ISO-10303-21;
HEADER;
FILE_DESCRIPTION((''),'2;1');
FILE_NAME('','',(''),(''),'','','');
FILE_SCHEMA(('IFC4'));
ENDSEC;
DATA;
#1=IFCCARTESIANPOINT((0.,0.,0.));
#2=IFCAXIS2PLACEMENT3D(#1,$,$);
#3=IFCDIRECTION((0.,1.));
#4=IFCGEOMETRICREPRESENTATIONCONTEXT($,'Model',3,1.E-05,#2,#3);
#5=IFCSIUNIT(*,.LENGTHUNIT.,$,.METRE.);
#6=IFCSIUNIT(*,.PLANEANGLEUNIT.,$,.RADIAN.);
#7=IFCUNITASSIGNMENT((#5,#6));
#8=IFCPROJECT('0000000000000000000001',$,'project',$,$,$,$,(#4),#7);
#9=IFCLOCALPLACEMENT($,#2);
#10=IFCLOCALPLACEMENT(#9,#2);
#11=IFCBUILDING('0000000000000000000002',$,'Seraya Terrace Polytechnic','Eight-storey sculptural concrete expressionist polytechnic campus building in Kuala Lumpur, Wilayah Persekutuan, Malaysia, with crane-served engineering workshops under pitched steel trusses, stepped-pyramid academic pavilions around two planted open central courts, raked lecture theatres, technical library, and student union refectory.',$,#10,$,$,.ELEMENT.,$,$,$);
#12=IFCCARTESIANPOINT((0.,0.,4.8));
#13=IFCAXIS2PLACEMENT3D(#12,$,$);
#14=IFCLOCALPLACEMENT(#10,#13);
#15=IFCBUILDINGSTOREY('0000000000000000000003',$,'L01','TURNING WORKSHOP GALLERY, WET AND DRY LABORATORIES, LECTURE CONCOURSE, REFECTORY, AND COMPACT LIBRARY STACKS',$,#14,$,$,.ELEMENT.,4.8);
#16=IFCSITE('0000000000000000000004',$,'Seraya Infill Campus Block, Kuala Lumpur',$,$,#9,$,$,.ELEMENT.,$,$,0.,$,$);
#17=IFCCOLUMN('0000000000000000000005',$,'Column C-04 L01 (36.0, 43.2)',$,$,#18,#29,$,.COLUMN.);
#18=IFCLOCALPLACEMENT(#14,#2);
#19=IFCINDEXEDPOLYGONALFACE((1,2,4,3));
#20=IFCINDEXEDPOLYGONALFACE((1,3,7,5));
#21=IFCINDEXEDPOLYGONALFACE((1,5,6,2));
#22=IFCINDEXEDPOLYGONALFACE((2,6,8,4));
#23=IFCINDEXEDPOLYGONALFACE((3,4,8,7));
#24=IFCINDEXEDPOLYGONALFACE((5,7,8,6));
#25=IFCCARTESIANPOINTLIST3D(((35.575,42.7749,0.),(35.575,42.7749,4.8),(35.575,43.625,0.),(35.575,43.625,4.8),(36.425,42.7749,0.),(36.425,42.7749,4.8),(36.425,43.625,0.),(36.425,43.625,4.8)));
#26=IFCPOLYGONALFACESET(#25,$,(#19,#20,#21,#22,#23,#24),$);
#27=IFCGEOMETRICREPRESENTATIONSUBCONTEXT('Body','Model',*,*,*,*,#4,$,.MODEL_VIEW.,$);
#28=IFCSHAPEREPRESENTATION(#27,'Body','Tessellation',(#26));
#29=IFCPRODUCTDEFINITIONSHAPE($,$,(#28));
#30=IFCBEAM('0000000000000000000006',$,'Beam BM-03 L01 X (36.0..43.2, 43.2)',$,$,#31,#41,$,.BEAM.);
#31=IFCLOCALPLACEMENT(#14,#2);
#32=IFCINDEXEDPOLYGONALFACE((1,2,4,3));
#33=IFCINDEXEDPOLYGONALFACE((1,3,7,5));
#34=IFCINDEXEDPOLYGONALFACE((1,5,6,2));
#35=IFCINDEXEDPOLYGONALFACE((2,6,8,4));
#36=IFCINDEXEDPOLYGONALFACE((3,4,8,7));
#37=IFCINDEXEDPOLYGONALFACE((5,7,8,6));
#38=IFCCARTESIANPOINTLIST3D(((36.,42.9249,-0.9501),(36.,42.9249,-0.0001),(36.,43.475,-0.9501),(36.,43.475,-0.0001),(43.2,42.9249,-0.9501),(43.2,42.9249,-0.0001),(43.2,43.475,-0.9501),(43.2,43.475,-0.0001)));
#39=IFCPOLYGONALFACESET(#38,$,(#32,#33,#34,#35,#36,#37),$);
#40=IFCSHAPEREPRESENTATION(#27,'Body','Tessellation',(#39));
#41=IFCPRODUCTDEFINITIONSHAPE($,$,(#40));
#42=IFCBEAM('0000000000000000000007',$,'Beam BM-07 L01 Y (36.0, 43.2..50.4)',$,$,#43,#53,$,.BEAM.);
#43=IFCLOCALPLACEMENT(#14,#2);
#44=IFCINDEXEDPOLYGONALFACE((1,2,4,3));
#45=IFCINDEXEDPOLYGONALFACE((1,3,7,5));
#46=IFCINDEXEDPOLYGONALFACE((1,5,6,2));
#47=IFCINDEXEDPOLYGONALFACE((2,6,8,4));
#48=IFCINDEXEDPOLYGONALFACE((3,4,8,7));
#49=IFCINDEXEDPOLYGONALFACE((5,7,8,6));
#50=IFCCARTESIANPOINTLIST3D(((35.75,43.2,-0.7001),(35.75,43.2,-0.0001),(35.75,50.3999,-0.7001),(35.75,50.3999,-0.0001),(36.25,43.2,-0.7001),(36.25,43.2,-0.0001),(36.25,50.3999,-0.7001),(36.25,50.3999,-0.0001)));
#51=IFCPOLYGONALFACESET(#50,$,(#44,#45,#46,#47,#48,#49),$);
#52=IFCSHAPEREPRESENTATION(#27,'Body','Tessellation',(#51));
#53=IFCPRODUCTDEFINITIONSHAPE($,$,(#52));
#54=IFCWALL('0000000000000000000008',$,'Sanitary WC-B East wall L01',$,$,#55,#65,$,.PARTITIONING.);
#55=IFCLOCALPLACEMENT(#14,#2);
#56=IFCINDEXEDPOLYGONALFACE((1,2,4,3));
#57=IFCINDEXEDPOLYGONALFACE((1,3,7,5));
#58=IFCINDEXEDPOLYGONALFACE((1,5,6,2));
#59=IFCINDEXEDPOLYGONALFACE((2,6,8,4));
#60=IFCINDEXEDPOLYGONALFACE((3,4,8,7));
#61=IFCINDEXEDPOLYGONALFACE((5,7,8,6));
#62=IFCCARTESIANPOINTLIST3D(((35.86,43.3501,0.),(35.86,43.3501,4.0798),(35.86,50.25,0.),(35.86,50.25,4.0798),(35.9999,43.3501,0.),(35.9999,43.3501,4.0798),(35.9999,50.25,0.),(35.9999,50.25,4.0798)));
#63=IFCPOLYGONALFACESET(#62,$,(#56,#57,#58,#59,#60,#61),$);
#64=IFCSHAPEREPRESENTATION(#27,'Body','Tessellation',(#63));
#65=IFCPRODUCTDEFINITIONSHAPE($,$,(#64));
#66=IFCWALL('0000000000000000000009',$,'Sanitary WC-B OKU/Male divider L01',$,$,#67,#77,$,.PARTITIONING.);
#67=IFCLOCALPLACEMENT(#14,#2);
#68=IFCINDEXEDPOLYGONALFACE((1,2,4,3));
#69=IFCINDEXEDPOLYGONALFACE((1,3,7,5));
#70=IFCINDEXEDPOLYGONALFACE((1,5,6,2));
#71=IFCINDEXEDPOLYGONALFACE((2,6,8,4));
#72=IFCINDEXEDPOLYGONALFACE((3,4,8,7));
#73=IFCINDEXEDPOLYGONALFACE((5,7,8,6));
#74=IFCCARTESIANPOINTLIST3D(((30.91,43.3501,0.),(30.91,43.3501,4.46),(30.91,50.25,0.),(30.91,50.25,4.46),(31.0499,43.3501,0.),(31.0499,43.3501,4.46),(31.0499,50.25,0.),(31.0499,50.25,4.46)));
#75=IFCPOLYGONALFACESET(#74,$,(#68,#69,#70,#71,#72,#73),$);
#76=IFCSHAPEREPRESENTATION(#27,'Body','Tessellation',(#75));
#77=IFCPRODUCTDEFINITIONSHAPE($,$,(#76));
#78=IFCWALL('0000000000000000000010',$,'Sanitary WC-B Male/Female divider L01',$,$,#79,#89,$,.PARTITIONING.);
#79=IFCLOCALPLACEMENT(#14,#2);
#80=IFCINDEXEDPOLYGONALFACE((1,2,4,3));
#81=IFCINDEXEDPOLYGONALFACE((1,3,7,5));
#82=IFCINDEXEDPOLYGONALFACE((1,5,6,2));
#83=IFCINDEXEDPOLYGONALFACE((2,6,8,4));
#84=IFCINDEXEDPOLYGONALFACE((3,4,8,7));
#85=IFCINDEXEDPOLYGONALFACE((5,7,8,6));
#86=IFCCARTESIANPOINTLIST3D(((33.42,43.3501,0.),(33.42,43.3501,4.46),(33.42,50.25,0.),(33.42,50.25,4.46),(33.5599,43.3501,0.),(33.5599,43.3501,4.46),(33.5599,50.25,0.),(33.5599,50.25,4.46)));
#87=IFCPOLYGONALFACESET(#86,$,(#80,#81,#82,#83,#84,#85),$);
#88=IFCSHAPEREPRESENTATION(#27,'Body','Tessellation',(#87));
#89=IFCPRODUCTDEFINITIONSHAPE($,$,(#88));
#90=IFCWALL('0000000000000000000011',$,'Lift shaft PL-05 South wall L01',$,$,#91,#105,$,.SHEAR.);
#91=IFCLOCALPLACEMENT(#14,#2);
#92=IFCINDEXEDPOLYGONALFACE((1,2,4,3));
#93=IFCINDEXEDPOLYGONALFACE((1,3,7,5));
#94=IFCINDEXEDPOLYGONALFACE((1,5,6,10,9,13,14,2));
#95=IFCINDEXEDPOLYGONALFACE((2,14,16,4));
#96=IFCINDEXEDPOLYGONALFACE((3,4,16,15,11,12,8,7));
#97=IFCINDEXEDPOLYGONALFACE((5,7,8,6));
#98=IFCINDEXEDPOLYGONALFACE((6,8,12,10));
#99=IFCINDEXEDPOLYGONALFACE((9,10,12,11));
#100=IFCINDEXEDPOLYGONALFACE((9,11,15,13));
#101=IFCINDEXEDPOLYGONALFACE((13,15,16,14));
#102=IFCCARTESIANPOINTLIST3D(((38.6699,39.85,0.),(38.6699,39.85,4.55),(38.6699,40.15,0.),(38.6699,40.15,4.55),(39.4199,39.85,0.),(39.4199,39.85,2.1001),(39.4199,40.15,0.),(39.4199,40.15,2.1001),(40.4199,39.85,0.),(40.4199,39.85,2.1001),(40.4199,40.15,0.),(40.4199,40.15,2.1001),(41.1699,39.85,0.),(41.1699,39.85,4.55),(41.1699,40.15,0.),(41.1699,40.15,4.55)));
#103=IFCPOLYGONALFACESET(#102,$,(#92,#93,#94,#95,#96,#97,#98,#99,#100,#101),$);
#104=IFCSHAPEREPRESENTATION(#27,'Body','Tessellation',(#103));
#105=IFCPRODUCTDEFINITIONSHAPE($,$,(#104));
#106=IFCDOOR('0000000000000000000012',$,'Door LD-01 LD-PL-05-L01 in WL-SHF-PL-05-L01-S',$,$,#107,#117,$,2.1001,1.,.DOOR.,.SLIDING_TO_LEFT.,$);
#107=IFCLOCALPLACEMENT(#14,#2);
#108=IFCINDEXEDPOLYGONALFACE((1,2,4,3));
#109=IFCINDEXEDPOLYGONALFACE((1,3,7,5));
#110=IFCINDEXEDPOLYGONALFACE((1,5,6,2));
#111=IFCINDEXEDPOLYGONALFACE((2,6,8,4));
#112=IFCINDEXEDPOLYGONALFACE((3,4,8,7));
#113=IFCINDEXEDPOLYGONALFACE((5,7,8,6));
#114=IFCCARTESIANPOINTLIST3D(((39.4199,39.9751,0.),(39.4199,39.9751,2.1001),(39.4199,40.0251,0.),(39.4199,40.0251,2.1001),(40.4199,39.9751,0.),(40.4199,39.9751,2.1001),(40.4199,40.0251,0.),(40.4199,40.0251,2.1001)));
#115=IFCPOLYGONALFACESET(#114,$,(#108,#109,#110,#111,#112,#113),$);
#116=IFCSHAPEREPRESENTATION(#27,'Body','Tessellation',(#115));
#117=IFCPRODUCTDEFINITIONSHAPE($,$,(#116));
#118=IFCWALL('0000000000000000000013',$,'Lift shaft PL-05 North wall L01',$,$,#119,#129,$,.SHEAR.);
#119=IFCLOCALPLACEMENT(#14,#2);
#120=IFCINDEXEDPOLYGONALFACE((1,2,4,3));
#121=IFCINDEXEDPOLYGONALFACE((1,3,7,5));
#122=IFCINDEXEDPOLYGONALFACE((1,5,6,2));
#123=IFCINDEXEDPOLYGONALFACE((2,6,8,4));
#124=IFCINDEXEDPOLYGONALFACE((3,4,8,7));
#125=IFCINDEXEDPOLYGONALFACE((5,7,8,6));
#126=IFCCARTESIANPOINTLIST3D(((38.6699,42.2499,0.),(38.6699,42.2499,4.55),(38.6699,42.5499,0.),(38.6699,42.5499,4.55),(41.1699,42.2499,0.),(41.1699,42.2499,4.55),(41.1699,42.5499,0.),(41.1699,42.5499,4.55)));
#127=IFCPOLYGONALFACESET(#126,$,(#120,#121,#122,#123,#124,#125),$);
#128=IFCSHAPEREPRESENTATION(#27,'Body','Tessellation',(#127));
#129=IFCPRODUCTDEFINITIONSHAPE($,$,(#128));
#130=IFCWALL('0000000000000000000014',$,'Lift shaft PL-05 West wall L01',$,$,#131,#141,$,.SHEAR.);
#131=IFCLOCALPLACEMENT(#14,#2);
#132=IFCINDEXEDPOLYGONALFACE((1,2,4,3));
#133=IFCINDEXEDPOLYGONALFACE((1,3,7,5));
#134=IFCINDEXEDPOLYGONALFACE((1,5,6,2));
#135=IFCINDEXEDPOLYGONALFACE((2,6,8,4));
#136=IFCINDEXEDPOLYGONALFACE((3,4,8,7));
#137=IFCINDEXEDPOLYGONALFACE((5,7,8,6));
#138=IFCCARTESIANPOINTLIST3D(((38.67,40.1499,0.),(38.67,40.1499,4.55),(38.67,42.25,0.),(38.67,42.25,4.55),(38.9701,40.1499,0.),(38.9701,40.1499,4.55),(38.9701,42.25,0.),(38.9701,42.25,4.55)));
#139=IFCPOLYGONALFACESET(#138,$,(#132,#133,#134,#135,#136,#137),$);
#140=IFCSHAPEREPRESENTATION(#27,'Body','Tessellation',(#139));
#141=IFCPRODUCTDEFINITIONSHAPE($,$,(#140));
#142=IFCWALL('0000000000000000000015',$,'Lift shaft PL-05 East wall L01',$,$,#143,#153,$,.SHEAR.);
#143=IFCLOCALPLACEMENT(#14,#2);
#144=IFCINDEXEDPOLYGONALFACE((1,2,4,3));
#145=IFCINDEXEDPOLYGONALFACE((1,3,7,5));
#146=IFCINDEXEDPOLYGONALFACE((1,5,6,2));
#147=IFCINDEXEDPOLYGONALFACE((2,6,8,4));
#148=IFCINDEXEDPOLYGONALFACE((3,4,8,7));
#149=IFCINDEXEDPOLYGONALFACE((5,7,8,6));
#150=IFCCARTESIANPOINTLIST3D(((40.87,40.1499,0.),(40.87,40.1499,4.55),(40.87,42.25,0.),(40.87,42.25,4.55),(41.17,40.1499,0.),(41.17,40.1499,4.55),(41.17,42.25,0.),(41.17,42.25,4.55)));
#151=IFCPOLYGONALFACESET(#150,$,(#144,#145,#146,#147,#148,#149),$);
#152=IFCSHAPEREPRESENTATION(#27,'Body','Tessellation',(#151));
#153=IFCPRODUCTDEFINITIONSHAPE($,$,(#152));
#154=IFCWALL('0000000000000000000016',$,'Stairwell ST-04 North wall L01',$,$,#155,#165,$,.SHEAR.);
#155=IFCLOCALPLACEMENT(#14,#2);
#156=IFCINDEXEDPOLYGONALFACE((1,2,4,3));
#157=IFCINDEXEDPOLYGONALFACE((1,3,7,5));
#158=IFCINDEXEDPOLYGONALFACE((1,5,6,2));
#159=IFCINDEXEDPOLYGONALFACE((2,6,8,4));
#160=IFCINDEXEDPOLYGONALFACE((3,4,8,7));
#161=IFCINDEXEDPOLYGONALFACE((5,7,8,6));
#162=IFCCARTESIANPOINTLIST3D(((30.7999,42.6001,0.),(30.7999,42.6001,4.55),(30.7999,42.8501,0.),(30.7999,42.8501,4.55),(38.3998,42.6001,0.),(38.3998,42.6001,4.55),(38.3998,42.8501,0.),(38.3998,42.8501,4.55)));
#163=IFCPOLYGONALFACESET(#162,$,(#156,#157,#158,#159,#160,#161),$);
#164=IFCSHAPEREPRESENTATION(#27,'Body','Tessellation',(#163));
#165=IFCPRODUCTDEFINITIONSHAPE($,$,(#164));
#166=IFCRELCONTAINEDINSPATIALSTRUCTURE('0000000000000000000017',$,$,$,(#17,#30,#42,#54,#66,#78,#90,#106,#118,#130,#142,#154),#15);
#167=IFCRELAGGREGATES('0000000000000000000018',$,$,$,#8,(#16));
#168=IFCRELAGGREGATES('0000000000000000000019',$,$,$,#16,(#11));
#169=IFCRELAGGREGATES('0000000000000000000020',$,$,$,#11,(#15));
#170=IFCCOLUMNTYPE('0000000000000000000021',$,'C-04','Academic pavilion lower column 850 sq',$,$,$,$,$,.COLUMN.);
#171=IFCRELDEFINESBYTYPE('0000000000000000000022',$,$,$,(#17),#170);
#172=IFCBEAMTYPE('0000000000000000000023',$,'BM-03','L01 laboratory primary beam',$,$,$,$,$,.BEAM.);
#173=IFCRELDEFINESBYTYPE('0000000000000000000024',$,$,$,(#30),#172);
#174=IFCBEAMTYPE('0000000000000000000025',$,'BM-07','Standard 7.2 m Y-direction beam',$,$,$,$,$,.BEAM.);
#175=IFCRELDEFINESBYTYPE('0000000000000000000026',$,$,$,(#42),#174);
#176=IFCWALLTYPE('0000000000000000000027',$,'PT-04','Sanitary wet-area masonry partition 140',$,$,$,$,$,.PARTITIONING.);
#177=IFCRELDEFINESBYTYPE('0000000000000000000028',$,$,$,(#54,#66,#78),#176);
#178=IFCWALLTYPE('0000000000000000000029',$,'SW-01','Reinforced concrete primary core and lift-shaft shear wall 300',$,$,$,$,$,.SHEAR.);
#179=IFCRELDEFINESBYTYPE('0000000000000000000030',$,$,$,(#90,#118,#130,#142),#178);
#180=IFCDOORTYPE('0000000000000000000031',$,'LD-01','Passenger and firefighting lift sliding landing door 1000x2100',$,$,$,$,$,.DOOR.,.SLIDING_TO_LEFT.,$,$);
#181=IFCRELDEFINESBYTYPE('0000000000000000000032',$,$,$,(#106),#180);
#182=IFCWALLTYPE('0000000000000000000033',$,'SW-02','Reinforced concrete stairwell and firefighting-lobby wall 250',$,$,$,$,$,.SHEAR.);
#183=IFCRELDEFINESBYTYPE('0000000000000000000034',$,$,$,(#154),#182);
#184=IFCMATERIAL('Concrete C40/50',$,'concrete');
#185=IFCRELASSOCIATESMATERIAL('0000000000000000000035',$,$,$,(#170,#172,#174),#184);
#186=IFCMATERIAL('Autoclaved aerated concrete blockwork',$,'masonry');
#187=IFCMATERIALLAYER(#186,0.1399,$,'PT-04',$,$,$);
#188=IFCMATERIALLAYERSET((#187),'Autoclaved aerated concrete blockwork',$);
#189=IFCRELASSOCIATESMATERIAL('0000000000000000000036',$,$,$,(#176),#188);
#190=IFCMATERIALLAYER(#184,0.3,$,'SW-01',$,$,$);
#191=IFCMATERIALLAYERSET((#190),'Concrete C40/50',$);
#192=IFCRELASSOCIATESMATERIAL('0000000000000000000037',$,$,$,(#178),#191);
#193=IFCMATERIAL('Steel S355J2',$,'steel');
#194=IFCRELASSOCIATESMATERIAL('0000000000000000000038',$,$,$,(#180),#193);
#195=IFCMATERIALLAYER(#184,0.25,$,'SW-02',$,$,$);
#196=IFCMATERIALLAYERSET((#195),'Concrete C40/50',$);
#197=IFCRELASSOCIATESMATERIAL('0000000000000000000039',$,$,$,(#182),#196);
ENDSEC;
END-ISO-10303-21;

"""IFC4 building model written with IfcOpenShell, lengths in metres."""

from ifc_helpers import new_model, si_unit, direction, frame, frame_2d, origin, origin_2d, place, context, subcontext, project, spatial, rectangle, extrude, material, layer, layer_set, material_profile, profile_set, type_object, element, fill, save


model = new_model("IFC4")

# Units and contexts
model_context = context("Model", 3, precision=1e-05, world=origin(), true_north=direction((0.0, 1.0)))
body_context = subcontext(model_context, "Body", "Model", "MODEL_VIEW")
ifc_project = project(units=[si_unit("LENGTHUNIT", "METRE"), si_unit("PLANEANGLEUNIT", "RADIAN")], contexts=[model_context])

# Site, building, storey
site_placement = place(None, origin())
site = spatial("IfcSite", under=ifc_project, at=site_placement, Name="Seraya Infill Campus Block, Kuala Lumpur", CompositionType="ELEMENT", RefElevation=0.0)
building_placement = place(site_placement, origin())
building = spatial("IfcBuilding", under=site, at=building_placement, Name="Seraya Terrace Polytechnic", Description="Eight-storey sculptural concrete expressionist polytechnic campus building in Kuala Lumpur, Wilayah Persekutuan, Malaysia, with crane-served engineering workshops under pitched steel trusses, stepped-pyramid academic pavilions around two planted open central courts, raked lecture theatres, technical library, and student union refectory.", CompositionType="ELEMENT")
storey_placement = place(building_placement, frame((0.0, 0.0, 4.8)))
storey = spatial("IfcBuildingStorey", under=building, at=storey_placement, Name="L01", Description="TURNING WORKSHOP GALLERY, WET AND DRY LABORATORIES, LECTURE CONCOURSE, REFECTORY, AND COMPACT LIBRARY STACKS", CompositionType="ELEMENT", Elevation=4.8)

# Column
ifc_material_1 = material(Name="Concrete C40/50", Category="concrete")
ifc_material_profile_1 = material_profile(ifc_material_1, rectangle(XDim=0.8501, YDim=0.8501, at=origin_2d()), Name="RC 850x850")
ifc_profile_set_1 = profile_set([ifc_material_profile_1], Name="Concrete C40/50")
column_type = type_object("IfcColumnType", Name="C-04", Description="Academic pavilion lower column 850 sq", PredefinedType="COLUMN", material=ifc_profile_set_1)
column_placement = place(storey_placement, frame((36.0, 43.2, 0.0), z_axis=(0.0, 0.0, 1.0), x_axis=(1.0, 0.0, 0.0)))
element("IfcColumn", 1, at=column_placement, inside=storey, type_object=column_type, Name="Column C-04 L01 (36.0, 43.2)", PredefinedType="COLUMN", context=body_context, shape_type="SweptSolid", body=[
    extrude(rectangle(XDim=0.8501, YDim=0.8501, at=origin_2d()), origin(), (0.0, 0.0, 1.0), 4.8),
])

# Beams
ifc_material_profile_2 = material_profile(ifc_material_1, rectangle(XDim=0.55, YDim=0.95, at=origin_2d()), Name="RC 550x950")
ifc_profile_set_2 = profile_set([ifc_material_profile_2], Name="Concrete C40/50")
beam_type_1 = type_object("IfcBeamType", Name="BM-03", Description="L01 laboratory primary beam", PredefinedType="BEAM", material=ifc_profile_set_2)
beam_1_placement = place(storey_placement, frame((36.0, 43.2, -0.4751), z_axis=(1.0, 0.0, 0.0), x_axis=(0.0, 1.0, 0.0)))
element("IfcBeam", 2, at=beam_1_placement, inside=storey, type_object=beam_type_1, Name="Beam BM-03 L01 X (36.0..43.2, 43.2)", PredefinedType="BEAM", context=body_context, shape_type="SweptSolid", body=[
    extrude(rectangle(XDim=0.55, YDim=0.95, at=origin_2d()), origin(), (0.0, 0.0, 1.0), 7.2),
])
ifc_material_profile_3 = material_profile(ifc_material_1, rectangle(XDim=0.5, YDim=0.7, at=origin_2d()), Name="RC 500x700")
ifc_profile_set_3 = profile_set([ifc_material_profile_3], Name="Concrete C40/50")
beam_type_2 = type_object("IfcBeamType", Name="BM-07", Description="Standard 7.2 m Y-direction beam", PredefinedType="BEAM", material=ifc_profile_set_3)
beam_2_placement = place(storey_placement, frame((36.0, 43.2, -0.3501), z_axis=(0.0, 1.0, 0.0), x_axis=(-1.0, 0.0, 0.0)))
element("IfcBeam", 3, at=beam_2_placement, inside=storey, type_object=beam_type_2, Name="Beam BM-07 L01 Y (36.0, 43.2..50.4)", PredefinedType="BEAM", context=body_context, shape_type="SweptSolid", body=[
    extrude(rectangle(XDim=0.5, YDim=0.7, at=origin_2d()), origin(), (0.0, 0.0, 1.0), 7.2),
])

# Walls
ifc_material_2 = material(Name="Autoclaved aerated concrete blockwork", Category="masonry")
ifc_layer_1 = layer(ifc_material_2, 0.1399, Name="PT-04")
ifc_layer_set_1 = layer_set([ifc_layer_1], Name="Autoclaved aerated concrete blockwork")
wall_type_1 = type_object("IfcWallType", Name="PT-04", Description="Sanitary wet-area masonry partition 140", PredefinedType="PARTITIONING", material=ifc_layer_set_1)
wall_1_placement = place(storey_placement, frame((35.9299, 43.3501, 0.0), z_axis=(0.0, 0.0, 1.0), x_axis=(0.0, 1.0, 0.0)))
element("IfcWall", 4, at=wall_1_placement, inside=storey, type_object=wall_type_1, Name="Sanitary WC-B East wall L01", PredefinedType="PARTITIONING", context=body_context, shape_type="SweptSolid", body=[
    extrude(rectangle(XDim=6.8999, YDim=0.1399, at=frame_2d((3.45, 0.0))), origin(), (0.0, 0.0, 1.0), 4.0798),
])
for number, where, z_axis, x_axis, name in (
    (5, (30.98, 43.3501, 0.0), (0.0, 0.0, 1.0), (0.0, 1.0, 0.0), "Sanitary WC-B OKU/Male divider L01"),
    (6, (33.49, 43.3501, 0.0), (0.0, 0.0, 1.0), (0.0, 1.0, 0.0), "Sanitary WC-B Male/Female divider L01"),
):
    element("IfcWall", number, at=place(storey_placement, frame(where, z_axis=z_axis, x_axis=x_axis)), inside=storey, type_object=wall_type_1, Name=name, PredefinedType="PARTITIONING", context=body_context, shape_type="SweptSolid", body=[
        extrude(rectangle(XDim=6.8999, YDim=0.1399, at=frame_2d((3.45, 0.0))), origin(), (0.0, 0.0, 1.0), 4.46),
    ])

# Wall, opening, door
ifc_layer_2 = layer(ifc_material_1, 0.3, Name="SW-01")
ifc_layer_set_2 = layer_set([ifc_layer_2], Name="Concrete C40/50")
wall_type_2 = type_object("IfcWallType", Name="SW-01", Description="Reinforced concrete primary core and lift-shaft shear wall 300", PredefinedType="SHEAR", material=ifc_layer_set_2)
wall_2_placement = place(storey_placement, frame((38.6699, 40.0, 0.0), z_axis=(0.0, 0.0, 1.0), x_axis=(1.0, 0.0, 0.0)))
wall_2 = element("IfcWall", 7, at=wall_2_placement, inside=storey, type_object=wall_type_2, Name="Lift shaft PL-05 South wall L01", PredefinedType="SHEAR", context=body_context, shape_type="SweptSolid", body=[
    extrude(rectangle(XDim=2.5, YDim=0.3, at=frame_2d((1.25, 0.0))), origin(), (0.0, 0.0, 1.0), 4.55),
])
opening_placement = place(wall_2_placement, frame((0.75, 0.0, 0.0)))
opening = element("IfcOpeningElement", 8, at=opening_placement, cuts=wall_2, PredefinedType="OPENING", context=body_context, shape_type="SweptSolid", body=[
    extrude(rectangle(XDim=1.0, YDim=2.1001, at=frame_2d((0.5, 1.05))), frame((0.0, 0.1621, 0.0), z_axis=(0.0, -1.0, 0.0), x_axis=(1.0, 0.0, 0.0)), (0.0, 0.0, 1.0), 0.324),
])
ifc_material_3 = material(Name="Steel S355J2", Category="steel")
door_type = type_object("IfcDoorType", Name="LD-01", Description="Passenger and firefighting lift sliding landing door 1000x2100", OperationType="SLIDING_TO_LEFT", PredefinedType="DOOR", material=ifc_material_3)
door_placement = place(opening_placement, frame((1.0, 0.0, 0.0), z_axis=(0.0, 0.0, 1.0), x_axis=(-1.0, 0.0, 0.0)))
door = element("IfcDoor", 9, at=door_placement, inside=storey, type_object=door_type, Name="Door LD-01 LD-PL-05-L01 in WL-SHF-PL-05-L01-S", OperationType="SLIDING_TO_LEFT", OverallHeight=2.1001, OverallWidth=1.0, PredefinedType="DOOR", context=body_context, shape_type="SweptSolid", body=[
    extrude(rectangle(XDim=1.0, YDim=2.1001, at=frame_2d((0.5, 1.05))), frame((0.0, 0.0249, 0.0), z_axis=(0.0, -1.0, 0.0), x_axis=(1.0, 0.0, 0.0)), (0.0, 0.0, 1.0), 0.05),
])
fill(opening, door)

# Walls
wall_3_placement = place(storey_placement, frame((38.6699, 42.3999, 0.0), z_axis=(0.0, 0.0, 1.0), x_axis=(1.0, 0.0, 0.0)))
element("IfcWall", 10, at=wall_3_placement, inside=storey, type_object=wall_type_2, Name="Lift shaft PL-05 North wall L01", PredefinedType="SHEAR", context=body_context, shape_type="SweptSolid", body=[
    extrude(rectangle(XDim=2.5, YDim=0.3, at=frame_2d((1.25, 0.0))), origin(), (0.0, 0.0, 1.0), 4.55),
])
for number, where, z_axis, x_axis, name in (
    (11, (38.8201, 40.1499, 0.0), (0.0, 0.0, 1.0), (0.0, 1.0, 0.0), "Lift shaft PL-05 West wall L01"),
    (12, (41.02, 40.1499, 0.0), (0.0, 0.0, 1.0), (0.0, 1.0, 0.0), "Lift shaft PL-05 East wall L01"),
):
    element("IfcWall", number, at=place(storey_placement, frame(where, z_axis=z_axis, x_axis=x_axis)), inside=storey, type_object=wall_type_2, Name=name, PredefinedType="SHEAR", context=body_context, shape_type="SweptSolid", body=[
        extrude(rectangle(XDim=2.1001, YDim=0.3, at=frame_2d((1.05, 0.0))), origin(), (0.0, 0.0, 1.0), 4.55),
    ])
ifc_layer_3 = layer(ifc_material_1, 0.25, Name="SW-02")
ifc_layer_set_3 = layer_set([ifc_layer_3], Name="Concrete C40/50")
wall_type_3 = type_object("IfcWallType", Name="SW-02", Description="Reinforced concrete stairwell and firefighting-lobby wall 250", PredefinedType="SHEAR", material=ifc_layer_set_3)
wall_4_placement = place(storey_placement, frame((30.8, 42.7251, 0.0), z_axis=(0.0, 0.0, 1.0), x_axis=(1.0, 0.0, 0.0)))
element("IfcWall", 13, at=wall_4_placement, inside=storey, type_object=wall_type_3, Name="Stairwell ST-04 North wall L01", PredefinedType="SHEAR", context=body_context, shape_type="SweptSolid", body=[
    extrude(rectangle(XDim=7.5999, YDim=0.25, at=frame_2d((3.7998, 0.0))), origin(), (0.0, 0.0, 1.0), 4.55),
])

save(model, "model.ifc")
